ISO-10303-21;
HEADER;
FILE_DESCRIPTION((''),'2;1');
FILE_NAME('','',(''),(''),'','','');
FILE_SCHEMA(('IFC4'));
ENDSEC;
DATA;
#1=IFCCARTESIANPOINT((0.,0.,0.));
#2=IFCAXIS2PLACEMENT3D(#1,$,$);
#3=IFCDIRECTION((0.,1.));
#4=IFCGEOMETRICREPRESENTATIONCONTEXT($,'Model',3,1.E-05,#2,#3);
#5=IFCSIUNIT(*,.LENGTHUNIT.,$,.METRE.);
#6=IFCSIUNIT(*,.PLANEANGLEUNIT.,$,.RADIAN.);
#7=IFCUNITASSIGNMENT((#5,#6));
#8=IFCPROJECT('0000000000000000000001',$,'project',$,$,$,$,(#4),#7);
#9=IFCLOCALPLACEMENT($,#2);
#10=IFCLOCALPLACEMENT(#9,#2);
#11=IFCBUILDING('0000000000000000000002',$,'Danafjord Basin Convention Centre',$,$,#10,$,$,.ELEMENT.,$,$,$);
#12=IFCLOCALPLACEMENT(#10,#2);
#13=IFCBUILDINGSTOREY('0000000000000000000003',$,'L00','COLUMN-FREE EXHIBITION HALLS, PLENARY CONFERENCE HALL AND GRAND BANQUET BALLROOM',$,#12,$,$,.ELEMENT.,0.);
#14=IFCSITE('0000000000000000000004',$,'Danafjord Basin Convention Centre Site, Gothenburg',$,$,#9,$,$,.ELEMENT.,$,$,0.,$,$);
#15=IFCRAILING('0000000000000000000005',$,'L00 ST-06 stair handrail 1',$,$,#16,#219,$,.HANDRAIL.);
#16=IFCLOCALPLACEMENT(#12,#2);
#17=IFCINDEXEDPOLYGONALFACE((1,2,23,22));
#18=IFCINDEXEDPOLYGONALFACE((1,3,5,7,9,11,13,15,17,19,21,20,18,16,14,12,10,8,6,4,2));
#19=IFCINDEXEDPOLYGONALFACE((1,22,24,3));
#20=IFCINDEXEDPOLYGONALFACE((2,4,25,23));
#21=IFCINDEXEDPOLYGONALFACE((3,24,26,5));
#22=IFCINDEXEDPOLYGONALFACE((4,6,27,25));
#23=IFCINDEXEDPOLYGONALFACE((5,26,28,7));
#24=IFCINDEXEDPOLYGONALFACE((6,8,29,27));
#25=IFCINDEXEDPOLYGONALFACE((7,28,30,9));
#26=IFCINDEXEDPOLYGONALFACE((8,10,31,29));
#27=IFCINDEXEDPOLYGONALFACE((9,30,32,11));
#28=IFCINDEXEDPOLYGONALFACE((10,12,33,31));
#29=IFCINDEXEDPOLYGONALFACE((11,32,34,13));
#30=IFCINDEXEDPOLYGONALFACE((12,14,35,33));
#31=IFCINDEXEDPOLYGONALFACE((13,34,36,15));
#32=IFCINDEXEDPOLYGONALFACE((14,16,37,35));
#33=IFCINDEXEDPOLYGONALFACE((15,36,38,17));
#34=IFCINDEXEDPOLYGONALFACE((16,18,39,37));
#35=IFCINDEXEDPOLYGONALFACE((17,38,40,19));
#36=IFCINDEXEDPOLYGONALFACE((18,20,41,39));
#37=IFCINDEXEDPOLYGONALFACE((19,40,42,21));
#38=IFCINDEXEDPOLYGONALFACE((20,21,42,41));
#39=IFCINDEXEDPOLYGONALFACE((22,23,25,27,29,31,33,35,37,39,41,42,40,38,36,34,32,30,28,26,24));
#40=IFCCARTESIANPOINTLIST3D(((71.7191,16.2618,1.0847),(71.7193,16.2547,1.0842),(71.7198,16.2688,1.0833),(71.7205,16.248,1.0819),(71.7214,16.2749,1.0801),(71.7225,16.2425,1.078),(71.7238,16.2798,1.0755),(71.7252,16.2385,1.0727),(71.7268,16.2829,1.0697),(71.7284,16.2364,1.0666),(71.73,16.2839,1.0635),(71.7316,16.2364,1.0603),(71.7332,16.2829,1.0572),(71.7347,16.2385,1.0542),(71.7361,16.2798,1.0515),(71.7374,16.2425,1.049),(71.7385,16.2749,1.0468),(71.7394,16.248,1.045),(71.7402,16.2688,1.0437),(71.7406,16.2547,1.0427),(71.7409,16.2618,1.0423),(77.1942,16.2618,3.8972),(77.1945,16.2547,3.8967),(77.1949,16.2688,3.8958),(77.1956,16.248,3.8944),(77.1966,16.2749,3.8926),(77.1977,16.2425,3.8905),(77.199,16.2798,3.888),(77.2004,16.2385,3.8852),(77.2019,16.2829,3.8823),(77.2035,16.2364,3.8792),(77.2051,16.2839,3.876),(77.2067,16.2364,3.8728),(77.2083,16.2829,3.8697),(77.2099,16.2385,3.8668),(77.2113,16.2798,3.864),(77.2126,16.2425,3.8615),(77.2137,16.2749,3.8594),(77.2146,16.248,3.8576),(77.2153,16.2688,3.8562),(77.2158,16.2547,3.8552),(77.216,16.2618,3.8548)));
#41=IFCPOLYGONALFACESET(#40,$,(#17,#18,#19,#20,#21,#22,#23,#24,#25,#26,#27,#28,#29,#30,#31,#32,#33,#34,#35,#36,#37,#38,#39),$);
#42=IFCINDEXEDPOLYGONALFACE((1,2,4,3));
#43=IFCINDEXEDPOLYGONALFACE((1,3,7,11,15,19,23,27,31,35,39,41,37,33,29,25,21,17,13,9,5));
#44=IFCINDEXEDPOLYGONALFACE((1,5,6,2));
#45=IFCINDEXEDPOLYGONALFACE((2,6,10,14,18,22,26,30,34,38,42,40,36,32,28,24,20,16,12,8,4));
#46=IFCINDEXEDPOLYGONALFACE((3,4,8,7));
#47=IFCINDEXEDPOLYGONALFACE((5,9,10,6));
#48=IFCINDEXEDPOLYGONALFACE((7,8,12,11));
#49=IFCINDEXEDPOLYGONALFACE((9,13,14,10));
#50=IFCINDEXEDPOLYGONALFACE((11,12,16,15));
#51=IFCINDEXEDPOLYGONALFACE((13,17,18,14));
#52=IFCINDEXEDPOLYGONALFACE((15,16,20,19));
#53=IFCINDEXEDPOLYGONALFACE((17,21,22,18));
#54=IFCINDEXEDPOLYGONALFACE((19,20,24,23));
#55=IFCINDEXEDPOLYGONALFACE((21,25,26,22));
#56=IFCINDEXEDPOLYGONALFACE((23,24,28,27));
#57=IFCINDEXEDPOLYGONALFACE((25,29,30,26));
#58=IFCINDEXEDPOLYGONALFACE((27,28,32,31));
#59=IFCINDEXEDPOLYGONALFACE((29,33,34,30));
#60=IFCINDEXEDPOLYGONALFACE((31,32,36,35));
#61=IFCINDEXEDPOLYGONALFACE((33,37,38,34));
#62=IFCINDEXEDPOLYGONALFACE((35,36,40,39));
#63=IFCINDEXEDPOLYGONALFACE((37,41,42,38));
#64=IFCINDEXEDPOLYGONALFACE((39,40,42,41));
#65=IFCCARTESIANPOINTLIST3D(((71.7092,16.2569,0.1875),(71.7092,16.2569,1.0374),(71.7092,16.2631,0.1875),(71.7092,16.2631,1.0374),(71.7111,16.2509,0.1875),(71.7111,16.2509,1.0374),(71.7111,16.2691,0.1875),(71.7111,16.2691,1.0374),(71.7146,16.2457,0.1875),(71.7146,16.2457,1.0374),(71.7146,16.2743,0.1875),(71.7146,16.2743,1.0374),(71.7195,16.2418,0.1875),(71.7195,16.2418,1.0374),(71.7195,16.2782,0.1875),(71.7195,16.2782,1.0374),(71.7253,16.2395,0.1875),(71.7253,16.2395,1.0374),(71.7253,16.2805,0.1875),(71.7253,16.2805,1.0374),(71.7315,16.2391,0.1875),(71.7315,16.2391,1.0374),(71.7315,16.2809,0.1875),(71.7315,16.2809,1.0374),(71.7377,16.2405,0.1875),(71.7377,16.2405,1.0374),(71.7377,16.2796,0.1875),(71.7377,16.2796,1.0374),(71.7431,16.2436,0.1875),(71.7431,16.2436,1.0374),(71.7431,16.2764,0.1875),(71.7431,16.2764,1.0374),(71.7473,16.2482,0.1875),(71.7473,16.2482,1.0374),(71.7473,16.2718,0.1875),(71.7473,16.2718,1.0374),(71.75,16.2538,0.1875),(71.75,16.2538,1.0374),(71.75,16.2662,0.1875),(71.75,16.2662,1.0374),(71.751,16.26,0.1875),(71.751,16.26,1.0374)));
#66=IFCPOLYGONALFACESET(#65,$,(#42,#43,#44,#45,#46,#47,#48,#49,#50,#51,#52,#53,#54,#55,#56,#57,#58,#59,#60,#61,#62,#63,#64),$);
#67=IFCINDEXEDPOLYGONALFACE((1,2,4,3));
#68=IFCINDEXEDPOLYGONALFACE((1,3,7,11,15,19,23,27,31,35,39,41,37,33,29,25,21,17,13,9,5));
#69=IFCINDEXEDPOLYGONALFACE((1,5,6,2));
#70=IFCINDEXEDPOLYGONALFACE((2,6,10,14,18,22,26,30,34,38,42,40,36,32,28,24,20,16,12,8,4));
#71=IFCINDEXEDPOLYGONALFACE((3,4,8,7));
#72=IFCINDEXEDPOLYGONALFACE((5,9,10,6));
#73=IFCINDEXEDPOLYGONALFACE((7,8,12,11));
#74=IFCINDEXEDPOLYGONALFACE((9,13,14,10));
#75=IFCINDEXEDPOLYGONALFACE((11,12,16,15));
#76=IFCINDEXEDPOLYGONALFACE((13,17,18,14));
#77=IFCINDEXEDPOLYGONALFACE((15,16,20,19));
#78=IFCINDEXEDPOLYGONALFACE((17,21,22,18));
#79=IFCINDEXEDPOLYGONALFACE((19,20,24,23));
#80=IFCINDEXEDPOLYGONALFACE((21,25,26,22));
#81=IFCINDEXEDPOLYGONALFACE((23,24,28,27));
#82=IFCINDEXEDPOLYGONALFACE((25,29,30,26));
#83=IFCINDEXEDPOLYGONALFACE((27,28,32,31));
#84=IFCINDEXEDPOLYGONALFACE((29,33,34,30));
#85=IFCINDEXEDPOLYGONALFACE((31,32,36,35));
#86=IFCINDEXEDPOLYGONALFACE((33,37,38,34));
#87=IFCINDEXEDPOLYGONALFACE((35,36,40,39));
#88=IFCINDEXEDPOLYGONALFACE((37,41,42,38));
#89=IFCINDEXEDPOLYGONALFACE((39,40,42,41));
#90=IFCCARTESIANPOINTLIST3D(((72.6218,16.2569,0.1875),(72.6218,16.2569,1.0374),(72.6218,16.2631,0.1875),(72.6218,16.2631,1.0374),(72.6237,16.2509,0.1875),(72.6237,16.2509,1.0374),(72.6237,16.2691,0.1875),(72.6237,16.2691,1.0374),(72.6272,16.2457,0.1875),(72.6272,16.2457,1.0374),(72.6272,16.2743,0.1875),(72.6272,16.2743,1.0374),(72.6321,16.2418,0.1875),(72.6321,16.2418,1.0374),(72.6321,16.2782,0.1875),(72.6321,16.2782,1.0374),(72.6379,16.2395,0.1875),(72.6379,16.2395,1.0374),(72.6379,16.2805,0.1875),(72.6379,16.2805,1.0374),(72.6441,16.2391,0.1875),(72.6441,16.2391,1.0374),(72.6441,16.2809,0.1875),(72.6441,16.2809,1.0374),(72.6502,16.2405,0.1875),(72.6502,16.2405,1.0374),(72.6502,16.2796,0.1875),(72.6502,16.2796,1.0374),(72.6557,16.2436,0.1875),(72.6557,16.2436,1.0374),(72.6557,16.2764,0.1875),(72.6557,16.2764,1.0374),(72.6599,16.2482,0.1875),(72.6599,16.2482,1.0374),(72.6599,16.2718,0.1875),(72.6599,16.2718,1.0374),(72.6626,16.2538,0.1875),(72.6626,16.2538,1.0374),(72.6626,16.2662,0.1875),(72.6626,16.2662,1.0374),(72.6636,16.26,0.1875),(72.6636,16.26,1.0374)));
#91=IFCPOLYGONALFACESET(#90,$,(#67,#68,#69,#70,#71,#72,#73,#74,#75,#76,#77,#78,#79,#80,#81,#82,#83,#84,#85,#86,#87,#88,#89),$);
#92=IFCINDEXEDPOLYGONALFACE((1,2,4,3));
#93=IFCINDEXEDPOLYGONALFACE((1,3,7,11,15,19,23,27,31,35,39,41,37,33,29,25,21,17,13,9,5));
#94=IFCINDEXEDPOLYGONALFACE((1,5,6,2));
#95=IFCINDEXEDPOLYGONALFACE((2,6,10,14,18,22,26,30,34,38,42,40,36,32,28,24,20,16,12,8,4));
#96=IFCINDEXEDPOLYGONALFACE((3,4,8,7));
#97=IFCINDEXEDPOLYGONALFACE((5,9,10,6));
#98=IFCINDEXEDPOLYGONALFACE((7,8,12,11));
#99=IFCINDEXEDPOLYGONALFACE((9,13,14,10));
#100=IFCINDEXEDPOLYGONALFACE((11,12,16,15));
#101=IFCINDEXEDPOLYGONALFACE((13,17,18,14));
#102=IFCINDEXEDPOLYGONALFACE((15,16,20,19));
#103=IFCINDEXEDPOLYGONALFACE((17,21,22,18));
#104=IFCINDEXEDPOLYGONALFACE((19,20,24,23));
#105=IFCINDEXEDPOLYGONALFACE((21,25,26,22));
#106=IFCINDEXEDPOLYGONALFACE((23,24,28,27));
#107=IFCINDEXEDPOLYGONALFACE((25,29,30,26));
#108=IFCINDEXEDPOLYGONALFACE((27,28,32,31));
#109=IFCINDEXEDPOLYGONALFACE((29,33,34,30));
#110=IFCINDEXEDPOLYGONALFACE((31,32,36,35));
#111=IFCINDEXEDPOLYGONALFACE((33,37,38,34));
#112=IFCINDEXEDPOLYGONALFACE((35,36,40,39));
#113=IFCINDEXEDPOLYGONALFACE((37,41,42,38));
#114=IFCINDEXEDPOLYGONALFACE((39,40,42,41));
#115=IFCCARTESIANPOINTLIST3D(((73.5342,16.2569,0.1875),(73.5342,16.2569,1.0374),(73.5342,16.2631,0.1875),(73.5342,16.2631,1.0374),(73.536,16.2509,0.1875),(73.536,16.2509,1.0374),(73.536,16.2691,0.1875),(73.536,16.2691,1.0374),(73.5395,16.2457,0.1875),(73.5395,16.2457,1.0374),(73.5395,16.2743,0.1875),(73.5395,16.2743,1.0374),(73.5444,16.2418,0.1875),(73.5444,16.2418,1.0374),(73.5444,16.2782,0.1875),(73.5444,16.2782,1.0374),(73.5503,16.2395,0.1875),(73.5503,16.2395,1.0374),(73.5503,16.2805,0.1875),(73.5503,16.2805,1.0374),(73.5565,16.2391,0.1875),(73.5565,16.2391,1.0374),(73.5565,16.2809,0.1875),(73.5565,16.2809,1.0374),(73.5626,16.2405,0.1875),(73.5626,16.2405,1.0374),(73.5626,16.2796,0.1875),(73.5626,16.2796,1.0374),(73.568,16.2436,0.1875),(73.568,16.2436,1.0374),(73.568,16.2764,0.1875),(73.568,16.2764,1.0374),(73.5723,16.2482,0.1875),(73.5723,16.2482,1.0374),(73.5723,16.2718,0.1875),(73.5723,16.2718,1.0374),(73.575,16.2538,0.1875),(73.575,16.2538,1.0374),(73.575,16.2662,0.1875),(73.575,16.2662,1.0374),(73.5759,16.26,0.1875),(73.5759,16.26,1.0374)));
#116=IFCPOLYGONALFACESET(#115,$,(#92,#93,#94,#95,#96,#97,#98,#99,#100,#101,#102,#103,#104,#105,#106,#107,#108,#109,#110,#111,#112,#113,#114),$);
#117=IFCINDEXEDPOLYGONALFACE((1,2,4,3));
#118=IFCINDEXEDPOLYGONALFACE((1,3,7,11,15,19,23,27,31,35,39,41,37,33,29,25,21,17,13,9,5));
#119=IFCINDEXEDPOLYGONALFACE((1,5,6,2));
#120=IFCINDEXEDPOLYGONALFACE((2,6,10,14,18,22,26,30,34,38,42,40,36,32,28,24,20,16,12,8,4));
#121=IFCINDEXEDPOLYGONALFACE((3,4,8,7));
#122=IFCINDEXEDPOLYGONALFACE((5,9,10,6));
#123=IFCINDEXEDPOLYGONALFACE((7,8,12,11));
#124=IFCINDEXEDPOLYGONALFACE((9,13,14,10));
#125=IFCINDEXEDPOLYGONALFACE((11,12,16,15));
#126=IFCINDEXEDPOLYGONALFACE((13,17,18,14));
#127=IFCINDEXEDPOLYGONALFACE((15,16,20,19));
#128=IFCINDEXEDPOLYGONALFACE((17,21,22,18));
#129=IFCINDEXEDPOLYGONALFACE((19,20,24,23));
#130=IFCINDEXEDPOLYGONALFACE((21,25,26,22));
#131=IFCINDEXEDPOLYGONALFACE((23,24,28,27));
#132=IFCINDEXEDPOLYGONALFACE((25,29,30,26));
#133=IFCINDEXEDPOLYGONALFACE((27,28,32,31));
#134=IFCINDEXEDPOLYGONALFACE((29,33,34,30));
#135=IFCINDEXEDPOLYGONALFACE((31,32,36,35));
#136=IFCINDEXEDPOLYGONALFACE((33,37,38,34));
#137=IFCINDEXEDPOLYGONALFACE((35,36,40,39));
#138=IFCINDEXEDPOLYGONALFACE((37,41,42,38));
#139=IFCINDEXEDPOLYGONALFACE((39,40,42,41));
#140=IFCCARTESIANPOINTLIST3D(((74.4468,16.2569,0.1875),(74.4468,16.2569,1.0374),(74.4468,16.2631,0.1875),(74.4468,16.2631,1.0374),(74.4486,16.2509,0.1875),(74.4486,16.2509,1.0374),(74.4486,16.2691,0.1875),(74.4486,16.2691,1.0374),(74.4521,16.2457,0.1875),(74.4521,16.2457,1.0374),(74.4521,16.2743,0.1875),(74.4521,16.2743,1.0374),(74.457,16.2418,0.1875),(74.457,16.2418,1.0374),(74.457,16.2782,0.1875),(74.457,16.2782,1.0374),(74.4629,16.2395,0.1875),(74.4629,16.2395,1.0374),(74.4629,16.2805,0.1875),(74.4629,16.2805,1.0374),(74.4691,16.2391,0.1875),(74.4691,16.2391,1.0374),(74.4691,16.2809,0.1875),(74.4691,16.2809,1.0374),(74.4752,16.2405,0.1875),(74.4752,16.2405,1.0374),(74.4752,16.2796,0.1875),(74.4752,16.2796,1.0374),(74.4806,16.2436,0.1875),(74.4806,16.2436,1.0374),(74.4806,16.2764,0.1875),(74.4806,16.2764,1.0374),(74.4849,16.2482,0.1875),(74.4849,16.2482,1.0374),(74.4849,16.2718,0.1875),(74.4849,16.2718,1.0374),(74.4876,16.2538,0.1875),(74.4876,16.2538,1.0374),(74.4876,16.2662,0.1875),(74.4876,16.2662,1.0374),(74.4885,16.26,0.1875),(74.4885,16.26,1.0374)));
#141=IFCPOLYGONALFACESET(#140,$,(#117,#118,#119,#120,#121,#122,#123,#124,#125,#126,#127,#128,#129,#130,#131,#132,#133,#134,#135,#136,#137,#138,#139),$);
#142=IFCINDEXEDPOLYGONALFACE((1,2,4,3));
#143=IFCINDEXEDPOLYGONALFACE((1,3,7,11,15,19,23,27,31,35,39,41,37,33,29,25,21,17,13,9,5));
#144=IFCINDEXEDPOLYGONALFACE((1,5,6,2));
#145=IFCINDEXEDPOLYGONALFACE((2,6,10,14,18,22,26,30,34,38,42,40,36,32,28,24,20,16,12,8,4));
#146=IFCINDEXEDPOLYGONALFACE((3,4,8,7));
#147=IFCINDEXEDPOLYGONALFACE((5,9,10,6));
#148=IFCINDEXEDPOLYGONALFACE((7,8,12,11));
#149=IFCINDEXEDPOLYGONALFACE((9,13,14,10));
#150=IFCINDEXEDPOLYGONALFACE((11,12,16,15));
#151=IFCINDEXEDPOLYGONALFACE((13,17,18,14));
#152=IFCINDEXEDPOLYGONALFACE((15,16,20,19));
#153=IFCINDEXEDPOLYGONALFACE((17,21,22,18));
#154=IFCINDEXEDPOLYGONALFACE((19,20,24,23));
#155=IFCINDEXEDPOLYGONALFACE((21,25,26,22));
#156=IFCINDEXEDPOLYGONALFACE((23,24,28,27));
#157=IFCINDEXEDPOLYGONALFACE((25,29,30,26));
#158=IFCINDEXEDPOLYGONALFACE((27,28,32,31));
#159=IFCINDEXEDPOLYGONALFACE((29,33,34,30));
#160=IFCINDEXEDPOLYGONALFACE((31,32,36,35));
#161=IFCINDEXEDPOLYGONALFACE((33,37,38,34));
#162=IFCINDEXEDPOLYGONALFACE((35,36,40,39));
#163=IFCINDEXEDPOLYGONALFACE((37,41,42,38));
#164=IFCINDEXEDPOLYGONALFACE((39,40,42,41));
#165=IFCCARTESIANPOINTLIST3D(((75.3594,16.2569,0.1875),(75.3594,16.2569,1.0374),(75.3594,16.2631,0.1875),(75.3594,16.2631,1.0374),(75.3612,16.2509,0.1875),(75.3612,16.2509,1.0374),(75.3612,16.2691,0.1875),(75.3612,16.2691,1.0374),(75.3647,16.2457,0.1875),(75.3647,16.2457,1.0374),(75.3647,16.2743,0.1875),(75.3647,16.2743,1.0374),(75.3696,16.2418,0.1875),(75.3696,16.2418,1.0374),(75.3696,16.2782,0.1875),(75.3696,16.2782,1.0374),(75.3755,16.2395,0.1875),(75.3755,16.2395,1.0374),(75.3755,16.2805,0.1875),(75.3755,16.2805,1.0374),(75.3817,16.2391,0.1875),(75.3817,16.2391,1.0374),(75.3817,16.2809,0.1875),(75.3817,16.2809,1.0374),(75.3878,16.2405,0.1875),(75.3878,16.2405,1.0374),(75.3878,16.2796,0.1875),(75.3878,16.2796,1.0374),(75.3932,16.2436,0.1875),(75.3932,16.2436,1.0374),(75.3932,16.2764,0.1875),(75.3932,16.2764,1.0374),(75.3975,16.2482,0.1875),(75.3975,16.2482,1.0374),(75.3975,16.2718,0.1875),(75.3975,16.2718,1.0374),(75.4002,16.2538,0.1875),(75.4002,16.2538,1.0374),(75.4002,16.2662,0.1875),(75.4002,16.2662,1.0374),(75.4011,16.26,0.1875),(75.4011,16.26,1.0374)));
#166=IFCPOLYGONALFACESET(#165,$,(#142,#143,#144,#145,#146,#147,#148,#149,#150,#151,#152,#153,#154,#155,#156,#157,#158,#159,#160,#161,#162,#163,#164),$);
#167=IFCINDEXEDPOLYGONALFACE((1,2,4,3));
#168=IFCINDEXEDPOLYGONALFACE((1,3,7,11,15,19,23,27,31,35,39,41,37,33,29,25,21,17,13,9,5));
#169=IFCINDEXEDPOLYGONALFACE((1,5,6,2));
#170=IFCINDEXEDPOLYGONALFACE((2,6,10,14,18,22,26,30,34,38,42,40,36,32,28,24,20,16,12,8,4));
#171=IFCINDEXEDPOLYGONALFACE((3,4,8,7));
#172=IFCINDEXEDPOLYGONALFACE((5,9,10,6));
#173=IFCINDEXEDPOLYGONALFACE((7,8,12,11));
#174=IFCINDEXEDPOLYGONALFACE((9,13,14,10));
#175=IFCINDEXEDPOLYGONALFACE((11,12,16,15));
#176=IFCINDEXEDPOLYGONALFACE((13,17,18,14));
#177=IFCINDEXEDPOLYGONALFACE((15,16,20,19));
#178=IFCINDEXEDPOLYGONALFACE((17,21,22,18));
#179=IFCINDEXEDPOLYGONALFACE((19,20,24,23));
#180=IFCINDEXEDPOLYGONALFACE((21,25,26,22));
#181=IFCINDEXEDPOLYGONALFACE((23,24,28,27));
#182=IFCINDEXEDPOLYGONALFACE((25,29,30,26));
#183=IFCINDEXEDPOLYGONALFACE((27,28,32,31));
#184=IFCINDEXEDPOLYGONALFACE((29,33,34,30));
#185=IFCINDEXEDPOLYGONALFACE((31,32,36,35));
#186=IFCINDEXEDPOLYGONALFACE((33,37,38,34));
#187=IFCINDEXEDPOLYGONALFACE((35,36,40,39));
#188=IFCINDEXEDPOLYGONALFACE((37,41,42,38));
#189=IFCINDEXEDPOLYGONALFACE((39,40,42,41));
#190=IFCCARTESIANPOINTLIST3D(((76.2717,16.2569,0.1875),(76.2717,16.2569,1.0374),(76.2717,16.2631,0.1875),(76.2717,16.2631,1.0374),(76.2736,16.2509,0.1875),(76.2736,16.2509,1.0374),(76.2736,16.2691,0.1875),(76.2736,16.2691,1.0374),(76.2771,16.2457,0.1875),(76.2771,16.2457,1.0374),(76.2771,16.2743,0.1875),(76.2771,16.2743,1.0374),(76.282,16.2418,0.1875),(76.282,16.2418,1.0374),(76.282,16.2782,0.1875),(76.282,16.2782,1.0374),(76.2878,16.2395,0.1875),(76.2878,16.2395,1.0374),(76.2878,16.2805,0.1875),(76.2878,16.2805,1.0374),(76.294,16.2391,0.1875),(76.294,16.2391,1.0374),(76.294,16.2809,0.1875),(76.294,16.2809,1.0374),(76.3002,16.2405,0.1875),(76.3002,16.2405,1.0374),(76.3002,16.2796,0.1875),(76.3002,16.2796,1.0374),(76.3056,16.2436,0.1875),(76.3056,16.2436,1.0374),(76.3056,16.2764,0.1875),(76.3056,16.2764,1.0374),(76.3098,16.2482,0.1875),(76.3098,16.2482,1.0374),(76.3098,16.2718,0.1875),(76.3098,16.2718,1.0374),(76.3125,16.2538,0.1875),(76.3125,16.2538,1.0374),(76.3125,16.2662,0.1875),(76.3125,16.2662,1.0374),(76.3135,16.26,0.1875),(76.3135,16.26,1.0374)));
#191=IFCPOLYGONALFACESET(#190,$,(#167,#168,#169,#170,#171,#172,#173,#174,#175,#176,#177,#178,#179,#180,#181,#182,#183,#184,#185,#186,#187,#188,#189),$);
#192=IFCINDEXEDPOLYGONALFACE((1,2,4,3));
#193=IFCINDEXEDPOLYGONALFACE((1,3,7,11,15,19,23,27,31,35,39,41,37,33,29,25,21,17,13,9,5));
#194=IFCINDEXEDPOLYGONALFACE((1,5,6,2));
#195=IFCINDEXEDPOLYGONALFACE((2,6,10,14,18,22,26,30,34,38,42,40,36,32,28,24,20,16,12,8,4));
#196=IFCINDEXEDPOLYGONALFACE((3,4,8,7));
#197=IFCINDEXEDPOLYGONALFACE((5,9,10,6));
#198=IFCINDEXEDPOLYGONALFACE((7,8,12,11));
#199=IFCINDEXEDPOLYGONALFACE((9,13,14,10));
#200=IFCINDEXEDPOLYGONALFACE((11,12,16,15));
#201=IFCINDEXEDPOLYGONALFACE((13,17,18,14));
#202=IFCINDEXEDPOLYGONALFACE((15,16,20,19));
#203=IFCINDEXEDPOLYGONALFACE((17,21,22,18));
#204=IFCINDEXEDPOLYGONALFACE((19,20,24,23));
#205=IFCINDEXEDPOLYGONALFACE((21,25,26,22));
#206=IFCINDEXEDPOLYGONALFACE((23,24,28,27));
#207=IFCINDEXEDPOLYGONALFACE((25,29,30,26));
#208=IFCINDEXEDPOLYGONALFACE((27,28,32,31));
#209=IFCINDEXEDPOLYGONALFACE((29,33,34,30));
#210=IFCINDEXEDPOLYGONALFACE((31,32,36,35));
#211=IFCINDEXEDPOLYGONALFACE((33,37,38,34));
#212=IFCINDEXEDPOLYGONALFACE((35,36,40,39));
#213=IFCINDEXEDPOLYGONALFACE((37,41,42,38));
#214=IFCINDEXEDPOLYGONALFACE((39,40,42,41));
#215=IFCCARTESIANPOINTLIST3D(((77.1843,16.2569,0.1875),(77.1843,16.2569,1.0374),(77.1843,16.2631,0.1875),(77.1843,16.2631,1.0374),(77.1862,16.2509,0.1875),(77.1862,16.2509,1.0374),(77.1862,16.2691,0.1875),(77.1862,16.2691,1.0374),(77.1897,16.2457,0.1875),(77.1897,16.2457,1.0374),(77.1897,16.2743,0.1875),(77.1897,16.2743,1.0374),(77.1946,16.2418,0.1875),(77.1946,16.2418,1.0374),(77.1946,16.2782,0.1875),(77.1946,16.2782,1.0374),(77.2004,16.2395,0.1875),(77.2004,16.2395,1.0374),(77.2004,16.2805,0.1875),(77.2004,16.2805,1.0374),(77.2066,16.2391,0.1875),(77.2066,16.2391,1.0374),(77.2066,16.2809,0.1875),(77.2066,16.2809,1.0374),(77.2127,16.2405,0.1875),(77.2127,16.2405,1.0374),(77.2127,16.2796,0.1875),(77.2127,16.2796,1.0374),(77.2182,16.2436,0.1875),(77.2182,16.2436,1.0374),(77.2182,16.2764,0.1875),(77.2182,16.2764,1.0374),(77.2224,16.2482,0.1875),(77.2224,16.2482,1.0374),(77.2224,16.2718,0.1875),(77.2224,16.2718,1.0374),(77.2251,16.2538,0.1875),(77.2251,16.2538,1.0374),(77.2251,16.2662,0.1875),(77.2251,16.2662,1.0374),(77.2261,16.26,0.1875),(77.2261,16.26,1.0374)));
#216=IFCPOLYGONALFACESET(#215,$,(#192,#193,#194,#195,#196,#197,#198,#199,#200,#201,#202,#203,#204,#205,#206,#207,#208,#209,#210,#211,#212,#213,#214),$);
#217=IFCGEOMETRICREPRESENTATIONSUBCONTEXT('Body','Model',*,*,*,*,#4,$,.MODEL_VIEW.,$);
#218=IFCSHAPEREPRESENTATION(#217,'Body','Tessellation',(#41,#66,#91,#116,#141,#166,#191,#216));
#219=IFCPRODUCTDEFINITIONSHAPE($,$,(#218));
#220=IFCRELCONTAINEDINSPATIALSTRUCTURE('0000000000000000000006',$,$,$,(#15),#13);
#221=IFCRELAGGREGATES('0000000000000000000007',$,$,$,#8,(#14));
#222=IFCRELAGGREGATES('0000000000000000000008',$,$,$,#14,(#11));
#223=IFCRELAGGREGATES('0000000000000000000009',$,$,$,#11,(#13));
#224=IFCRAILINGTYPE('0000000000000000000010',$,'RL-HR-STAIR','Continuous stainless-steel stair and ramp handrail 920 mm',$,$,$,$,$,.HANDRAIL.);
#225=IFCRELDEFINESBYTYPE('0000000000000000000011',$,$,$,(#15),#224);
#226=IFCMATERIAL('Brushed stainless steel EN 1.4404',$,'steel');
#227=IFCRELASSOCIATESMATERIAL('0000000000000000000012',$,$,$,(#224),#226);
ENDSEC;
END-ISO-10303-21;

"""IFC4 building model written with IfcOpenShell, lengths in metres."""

from ifc_helpers import new_model, si_unit, direction, frame, origin, origin_2d, place, context, subcontext, project, spatial, circle, extrude, material, type_object, element, save


model = new_model("IFC4")

# Units and contexts
model_context = context("Model", 3, precision=1e-05, world=origin(), true_north=direction((0.0, 1.0)))
body_context = subcontext(model_context, "Body", "Model", "MODEL_VIEW")
ifc_project = project(units=[si_unit("LENGTHUNIT", "METRE"), si_unit("PLANEANGLEUNIT", "RADIAN")], contexts=[model_context])

# Site, building, storey
site_placement = place(None, origin())
site = spatial("IfcSite", under=ifc_project, at=site_placement, Name="Danafjord Basin Convention Centre Site, Gothenburg", CompositionType="ELEMENT", RefElevation=0.0)
building_placement = place(site_placement, origin())
building = spatial("IfcBuilding", under=site, at=building_placement, Name="Danafjord Basin Convention Centre", CompositionType="ELEMENT")
storey_placement = place(building_placement, origin())
storey = spatial("IfcBuildingStorey", under=building, at=storey_placement, Name="L00", Description="COLUMN-FREE EXHIBITION HALLS, PLENARY CONFERENCE HALL AND GRAND BANQUET BALLROOM", CompositionType="ELEMENT", Elevation=0.0)

# Railing
ifc_material_1 = material(Name="Brushed stainless steel EN 1.4404", Category="steel")
railing_type_1 = type_object("IfcRailingType", Name="RL-HR-STAIR", Description="Continuous stainless-steel stair and ramp handrail 920 mm", PredefinedType="HANDRAIL", material=ifc_material_1)
railing_1_placement = place(storey_placement, frame((71.73, 16.26, 0.1875)))
element("IfcRailing", 1, at=railing_1_placement, inside=storey, type_object=railing_type_1, Name="L00 ST-06 stair handrail 1", PredefinedType="HANDRAIL", context=body_context, shape_type="SweptSolid", body=[
    extrude(circle(Radius=0.0239, at=origin_2d()), frame((0.0, 0.0, 0.876), z_axis=(0.889503, 0.0, 0.456929), x_axis=(0.0, 1.0, 0.0)), (0.0, 0.0, 1.0), 6.1553),
    extrude(circle(Radius=0.021, at=origin_2d()), origin(), (0.0, 0.0, 1.0), 0.8499),
    extrude(circle(Radius=0.021, at=origin_2d()), frame((0.9126, 0.0, 0.0)), (0.0, 0.0, 1.0), 0.8499),
    extrude(circle(Radius=0.021, at=origin_2d()), frame((1.825, 0.0, 0.0)), (0.0, 0.0, 1.0), 0.8499),
    extrude(circle(Radius=0.021, at=origin_2d()), frame((2.7375, 0.0, 0.0)), (0.0, 0.0, 1.0), 0.8499),
    extrude(circle(Radius=0.021, at=origin_2d()), frame((3.6501, 0.0, 0.0)), (0.0, 0.0, 1.0), 0.8499),
    extrude(circle(Radius=0.021, at=origin_2d()), frame((4.5625, 0.0, 0.0)), (0.0, 0.0, 1.0), 0.8499),
    extrude(circle(Radius=0.021, at=origin_2d()), frame((5.4751, 0.0, 0.0)), (0.0, 0.0, 1.0), 0.8499),
])

save(model, "model.ifc")
